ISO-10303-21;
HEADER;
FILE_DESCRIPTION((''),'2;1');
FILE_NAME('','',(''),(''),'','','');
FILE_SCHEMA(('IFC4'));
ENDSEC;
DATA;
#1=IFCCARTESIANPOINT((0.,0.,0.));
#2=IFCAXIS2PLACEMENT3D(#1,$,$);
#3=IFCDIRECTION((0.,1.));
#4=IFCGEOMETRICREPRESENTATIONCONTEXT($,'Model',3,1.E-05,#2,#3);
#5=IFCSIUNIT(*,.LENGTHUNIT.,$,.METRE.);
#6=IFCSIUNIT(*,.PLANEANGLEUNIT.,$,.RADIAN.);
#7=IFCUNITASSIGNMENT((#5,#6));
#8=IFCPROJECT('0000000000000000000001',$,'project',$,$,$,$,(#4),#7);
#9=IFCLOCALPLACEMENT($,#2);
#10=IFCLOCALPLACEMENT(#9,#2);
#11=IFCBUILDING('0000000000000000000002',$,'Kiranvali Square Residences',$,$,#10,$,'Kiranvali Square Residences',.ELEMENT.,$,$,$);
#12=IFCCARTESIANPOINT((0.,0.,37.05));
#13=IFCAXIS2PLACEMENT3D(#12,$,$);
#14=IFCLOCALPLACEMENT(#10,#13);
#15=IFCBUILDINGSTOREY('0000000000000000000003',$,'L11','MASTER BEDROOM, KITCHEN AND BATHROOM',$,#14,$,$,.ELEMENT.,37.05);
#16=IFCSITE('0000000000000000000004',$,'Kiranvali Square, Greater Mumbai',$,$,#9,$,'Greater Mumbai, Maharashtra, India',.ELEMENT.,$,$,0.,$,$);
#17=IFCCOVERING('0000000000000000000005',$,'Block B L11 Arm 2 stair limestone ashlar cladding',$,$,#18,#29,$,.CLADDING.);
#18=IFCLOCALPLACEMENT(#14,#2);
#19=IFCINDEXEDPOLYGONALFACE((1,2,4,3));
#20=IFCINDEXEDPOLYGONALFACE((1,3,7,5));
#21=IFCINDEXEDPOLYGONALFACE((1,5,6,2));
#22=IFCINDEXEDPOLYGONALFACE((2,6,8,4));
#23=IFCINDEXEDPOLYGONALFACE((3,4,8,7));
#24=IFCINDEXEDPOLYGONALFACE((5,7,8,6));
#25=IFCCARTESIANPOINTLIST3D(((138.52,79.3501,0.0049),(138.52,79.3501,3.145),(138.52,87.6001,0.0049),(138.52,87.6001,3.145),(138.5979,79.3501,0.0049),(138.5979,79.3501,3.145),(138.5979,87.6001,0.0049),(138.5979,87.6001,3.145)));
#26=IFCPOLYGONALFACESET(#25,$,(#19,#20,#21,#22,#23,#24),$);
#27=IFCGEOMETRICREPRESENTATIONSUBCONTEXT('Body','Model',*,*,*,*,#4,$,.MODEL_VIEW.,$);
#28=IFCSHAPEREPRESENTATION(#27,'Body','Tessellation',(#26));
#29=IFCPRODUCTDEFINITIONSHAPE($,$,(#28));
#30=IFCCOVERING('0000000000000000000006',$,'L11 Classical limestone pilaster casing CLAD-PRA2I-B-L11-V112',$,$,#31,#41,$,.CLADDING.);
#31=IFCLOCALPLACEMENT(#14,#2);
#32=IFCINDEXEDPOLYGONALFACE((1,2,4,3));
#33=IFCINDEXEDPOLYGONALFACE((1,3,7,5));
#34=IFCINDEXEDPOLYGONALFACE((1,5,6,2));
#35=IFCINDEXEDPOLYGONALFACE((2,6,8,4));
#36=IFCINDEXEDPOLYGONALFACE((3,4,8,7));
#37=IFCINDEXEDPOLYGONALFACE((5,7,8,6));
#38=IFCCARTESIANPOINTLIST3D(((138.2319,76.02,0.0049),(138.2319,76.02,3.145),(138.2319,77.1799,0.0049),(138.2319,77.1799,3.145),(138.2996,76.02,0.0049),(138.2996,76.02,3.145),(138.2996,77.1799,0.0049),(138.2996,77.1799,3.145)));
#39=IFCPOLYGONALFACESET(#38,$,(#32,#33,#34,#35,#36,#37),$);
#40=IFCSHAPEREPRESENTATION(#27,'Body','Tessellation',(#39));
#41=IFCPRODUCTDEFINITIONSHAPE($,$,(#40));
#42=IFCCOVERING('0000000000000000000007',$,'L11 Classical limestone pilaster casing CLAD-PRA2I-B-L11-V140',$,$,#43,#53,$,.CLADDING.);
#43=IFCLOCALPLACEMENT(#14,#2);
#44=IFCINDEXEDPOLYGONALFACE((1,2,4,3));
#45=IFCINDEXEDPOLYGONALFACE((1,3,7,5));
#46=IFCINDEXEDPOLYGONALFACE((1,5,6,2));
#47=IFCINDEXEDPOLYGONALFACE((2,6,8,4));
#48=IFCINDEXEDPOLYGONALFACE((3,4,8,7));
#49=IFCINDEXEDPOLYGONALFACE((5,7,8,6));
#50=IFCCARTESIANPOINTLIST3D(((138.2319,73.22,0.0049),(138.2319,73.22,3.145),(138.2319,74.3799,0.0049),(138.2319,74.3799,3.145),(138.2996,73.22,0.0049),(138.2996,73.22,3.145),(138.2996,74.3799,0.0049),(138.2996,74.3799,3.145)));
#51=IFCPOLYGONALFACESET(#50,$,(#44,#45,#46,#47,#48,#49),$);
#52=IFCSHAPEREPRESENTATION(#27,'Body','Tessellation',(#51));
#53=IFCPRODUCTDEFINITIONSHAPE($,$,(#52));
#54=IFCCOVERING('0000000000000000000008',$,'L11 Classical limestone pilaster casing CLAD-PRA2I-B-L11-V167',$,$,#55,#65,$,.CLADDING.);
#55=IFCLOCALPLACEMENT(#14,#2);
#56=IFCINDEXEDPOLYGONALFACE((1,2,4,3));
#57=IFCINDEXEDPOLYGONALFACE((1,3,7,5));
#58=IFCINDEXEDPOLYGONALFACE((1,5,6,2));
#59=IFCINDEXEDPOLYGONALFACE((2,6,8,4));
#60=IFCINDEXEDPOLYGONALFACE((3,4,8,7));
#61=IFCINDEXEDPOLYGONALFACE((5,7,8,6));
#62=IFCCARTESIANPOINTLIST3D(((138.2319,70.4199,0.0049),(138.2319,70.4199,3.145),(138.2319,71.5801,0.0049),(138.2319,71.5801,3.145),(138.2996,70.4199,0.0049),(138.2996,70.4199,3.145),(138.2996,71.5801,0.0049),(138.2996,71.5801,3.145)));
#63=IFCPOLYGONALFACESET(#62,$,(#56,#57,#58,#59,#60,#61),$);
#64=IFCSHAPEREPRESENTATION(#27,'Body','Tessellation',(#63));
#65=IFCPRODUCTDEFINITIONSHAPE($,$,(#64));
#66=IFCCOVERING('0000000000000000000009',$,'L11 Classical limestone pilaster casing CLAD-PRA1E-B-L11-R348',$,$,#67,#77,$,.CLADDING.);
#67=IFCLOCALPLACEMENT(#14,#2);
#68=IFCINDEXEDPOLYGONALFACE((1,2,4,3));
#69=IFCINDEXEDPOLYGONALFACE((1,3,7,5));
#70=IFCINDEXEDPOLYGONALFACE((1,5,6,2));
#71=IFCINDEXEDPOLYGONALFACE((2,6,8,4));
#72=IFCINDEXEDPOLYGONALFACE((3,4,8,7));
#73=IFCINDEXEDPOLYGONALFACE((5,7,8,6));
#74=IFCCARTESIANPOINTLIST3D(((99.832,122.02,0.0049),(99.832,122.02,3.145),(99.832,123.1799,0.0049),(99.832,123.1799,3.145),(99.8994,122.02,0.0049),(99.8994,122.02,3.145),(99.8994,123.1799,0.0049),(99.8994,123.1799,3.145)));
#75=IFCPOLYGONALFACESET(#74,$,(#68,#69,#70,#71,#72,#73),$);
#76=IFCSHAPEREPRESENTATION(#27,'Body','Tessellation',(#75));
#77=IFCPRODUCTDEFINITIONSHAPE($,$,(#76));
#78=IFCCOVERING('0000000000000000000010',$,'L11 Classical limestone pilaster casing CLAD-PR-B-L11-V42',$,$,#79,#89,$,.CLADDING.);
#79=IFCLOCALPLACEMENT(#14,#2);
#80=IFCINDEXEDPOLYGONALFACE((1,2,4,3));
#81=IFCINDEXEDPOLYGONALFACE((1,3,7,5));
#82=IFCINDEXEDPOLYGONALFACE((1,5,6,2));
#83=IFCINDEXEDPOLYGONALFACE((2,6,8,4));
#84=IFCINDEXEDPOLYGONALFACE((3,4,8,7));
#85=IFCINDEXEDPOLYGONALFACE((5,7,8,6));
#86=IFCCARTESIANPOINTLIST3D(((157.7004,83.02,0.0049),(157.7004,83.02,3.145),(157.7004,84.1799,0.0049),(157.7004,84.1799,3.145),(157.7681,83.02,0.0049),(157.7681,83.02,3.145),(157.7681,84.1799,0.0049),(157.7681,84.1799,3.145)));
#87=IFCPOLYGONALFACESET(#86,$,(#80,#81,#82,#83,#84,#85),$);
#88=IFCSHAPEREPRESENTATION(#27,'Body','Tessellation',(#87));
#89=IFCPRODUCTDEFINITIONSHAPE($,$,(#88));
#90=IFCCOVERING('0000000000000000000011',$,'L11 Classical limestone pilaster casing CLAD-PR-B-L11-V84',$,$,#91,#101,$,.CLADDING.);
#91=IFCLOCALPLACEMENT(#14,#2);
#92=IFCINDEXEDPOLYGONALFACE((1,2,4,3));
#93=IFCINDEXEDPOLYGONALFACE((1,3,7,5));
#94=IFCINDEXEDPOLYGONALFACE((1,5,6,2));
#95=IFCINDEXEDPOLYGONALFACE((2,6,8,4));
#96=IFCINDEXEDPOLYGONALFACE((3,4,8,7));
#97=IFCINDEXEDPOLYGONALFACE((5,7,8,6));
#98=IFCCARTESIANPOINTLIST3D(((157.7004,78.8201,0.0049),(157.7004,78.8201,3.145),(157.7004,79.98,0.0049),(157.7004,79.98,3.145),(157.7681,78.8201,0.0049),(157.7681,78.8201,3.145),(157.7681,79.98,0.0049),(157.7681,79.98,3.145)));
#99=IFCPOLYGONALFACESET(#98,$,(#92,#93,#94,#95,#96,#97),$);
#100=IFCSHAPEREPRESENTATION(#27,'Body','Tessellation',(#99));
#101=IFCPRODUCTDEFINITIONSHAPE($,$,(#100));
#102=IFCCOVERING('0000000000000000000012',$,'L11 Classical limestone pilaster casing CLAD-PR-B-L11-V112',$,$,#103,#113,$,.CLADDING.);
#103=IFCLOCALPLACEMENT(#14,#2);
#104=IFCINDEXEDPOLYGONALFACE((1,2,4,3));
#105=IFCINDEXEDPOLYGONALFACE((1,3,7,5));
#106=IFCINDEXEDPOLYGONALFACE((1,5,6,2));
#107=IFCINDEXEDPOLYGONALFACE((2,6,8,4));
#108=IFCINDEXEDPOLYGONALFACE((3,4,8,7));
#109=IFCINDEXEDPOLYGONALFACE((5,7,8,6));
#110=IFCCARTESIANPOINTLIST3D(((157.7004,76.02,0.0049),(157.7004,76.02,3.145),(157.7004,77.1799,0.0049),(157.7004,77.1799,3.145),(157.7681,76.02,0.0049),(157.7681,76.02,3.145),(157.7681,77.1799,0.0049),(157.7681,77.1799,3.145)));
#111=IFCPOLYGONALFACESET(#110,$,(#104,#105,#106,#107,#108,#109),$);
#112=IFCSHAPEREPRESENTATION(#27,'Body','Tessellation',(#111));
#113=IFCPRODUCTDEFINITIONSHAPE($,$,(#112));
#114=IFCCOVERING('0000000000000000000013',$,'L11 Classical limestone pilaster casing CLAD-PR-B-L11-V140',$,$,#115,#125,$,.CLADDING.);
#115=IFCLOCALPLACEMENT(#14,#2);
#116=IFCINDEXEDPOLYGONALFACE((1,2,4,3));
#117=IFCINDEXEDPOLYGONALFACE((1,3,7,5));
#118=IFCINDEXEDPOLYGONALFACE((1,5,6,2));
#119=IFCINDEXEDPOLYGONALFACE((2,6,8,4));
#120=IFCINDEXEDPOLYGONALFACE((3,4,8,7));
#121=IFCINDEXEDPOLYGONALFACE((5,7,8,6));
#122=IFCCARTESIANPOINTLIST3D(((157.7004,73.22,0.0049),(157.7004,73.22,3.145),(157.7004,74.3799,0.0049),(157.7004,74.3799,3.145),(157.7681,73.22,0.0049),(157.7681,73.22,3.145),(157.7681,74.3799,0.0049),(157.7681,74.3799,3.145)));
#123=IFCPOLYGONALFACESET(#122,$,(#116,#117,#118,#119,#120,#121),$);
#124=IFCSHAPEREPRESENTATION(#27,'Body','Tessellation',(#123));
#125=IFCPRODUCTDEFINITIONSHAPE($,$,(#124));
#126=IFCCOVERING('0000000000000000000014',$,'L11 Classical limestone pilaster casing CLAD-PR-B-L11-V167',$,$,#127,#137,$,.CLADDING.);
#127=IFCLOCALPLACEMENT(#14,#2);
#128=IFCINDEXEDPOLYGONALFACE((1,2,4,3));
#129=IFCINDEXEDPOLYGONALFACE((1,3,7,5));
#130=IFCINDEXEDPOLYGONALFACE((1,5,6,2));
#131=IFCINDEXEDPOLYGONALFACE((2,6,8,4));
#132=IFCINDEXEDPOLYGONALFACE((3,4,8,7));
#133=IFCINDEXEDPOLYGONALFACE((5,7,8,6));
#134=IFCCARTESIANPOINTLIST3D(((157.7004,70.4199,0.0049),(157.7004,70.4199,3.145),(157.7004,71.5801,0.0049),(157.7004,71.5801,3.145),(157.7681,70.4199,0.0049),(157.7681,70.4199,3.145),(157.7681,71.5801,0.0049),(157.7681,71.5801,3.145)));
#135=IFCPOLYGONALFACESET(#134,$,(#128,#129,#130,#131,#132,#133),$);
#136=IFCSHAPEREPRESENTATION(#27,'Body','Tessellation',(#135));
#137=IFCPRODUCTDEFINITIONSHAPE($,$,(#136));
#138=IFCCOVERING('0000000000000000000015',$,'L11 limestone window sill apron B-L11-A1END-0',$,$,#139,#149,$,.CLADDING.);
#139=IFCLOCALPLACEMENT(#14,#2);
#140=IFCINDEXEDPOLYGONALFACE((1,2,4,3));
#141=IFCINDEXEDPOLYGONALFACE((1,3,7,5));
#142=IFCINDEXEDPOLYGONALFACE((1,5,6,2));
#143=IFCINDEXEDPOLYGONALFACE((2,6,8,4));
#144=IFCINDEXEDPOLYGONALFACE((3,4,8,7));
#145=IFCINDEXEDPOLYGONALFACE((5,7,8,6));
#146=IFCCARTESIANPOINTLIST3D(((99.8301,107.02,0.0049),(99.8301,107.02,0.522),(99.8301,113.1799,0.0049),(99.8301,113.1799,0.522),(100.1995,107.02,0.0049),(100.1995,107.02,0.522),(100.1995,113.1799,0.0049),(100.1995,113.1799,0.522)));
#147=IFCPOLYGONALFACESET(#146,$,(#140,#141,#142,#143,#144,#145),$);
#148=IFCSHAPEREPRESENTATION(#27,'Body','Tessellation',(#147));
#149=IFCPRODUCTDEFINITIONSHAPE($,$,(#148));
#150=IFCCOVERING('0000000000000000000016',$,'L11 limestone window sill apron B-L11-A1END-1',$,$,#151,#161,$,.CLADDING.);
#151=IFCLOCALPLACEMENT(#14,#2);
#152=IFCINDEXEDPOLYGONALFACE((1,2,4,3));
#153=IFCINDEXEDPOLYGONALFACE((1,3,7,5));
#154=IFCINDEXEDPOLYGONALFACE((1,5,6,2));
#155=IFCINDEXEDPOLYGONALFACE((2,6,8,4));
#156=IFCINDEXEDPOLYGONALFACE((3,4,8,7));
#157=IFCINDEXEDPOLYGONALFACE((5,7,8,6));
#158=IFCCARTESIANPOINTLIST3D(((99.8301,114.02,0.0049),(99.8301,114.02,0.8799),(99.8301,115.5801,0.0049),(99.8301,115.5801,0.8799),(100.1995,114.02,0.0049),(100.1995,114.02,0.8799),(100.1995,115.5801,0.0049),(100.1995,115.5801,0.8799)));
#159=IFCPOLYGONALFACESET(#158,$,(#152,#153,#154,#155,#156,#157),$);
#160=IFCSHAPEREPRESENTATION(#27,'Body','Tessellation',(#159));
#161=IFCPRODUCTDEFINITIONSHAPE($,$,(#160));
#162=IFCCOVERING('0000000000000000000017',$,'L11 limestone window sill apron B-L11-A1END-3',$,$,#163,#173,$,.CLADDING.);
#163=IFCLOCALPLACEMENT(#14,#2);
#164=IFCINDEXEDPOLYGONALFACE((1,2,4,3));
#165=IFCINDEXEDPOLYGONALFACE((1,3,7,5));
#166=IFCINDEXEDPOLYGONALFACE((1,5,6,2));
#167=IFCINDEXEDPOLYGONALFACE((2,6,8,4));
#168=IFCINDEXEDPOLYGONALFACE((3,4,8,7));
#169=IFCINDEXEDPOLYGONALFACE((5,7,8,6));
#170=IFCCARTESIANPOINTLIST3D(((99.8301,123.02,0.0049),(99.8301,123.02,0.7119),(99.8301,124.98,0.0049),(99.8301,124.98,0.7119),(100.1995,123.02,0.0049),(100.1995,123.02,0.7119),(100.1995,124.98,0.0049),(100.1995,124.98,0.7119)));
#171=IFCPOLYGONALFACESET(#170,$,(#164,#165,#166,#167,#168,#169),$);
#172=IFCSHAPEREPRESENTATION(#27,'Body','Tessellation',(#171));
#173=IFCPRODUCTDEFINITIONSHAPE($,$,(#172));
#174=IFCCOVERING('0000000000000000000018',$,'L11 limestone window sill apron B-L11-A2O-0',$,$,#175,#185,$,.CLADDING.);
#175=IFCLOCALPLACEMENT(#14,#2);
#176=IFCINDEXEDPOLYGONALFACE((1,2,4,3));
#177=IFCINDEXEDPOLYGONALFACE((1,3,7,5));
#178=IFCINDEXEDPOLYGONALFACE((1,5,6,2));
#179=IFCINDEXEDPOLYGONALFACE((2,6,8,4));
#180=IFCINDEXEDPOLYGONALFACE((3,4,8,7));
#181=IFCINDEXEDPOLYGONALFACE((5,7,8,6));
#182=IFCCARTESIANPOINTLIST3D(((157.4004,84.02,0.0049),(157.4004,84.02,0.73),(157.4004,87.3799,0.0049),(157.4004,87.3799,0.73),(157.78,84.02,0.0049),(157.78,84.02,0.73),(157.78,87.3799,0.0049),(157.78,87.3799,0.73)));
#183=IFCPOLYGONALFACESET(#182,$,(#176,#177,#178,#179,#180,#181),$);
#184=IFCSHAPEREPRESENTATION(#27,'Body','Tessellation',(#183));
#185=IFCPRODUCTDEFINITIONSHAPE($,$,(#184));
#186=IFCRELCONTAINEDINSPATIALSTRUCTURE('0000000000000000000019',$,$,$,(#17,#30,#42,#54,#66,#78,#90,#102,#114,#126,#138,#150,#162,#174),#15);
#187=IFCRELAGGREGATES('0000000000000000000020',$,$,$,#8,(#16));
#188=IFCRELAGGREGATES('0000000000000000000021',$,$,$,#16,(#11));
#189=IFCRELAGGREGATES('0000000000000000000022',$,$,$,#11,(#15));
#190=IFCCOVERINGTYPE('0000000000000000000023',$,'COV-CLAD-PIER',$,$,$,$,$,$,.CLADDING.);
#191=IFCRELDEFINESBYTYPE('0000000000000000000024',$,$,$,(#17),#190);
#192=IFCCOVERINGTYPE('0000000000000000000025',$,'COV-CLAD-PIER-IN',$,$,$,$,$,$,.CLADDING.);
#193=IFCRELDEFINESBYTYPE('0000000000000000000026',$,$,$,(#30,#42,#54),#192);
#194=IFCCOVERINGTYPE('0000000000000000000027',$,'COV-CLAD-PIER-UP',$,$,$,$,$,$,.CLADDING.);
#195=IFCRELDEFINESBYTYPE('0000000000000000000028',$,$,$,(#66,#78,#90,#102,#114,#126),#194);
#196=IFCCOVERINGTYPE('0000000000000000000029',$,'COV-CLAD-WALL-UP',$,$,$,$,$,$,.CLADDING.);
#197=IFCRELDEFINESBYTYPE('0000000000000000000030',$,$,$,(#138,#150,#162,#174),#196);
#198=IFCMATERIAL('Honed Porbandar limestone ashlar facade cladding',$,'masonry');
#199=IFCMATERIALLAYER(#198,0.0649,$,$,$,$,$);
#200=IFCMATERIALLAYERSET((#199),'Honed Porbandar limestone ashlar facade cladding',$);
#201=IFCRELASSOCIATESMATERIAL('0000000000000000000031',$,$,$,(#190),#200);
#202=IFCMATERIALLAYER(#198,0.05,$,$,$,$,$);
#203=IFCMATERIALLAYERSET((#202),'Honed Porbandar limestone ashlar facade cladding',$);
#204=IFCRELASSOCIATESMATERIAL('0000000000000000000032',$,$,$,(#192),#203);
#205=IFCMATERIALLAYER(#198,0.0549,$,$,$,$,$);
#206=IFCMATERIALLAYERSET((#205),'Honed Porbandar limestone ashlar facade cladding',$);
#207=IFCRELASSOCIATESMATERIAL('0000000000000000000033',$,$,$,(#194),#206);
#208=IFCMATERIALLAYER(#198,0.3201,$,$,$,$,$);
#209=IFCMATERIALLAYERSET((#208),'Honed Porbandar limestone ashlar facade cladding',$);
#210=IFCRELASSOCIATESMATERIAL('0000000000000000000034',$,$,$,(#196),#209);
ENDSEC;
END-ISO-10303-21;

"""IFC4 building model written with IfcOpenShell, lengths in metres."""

from ifc_helpers import new_model, si_unit, direction, frame, origin, place, context, subcontext, project, spatial, polyline, outline, extrude, material, layer, layer_set, type_object, element, save


model = new_model("IFC4")

# Units and contexts
model_context = context("Model", 3, precision=1e-05, world=origin(), true_north=direction((0.0, 1.0)))
body_context = subcontext(model_context, "Body", "Model", "MODEL_VIEW")
ifc_project = project(units=[si_unit("LENGTHUNIT", "METRE"), si_unit("PLANEANGLEUNIT", "RADIAN")], contexts=[model_context])

# Site, building, storey
site_placement = place(None, origin())
site = spatial("IfcSite", under=ifc_project, at=site_placement, Name="Kiranvali Square, Greater Mumbai", LongName="Greater Mumbai, Maharashtra, India", CompositionType="ELEMENT", RefElevation=0.0)
building_placement = place(site_placement, origin())
building = spatial("IfcBuilding", under=site, at=building_placement, Name="Kiranvali Square Residences", LongName="Kiranvali Square Residences", CompositionType="ELEMENT")
storey_placement = place(building_placement, frame((0.0, 0.0, 37.05)))
storey = spatial("IfcBuildingStorey", under=building, at=storey_placement, Name="L11", Description="MASTER BEDROOM, KITCHEN AND BATHROOM", CompositionType="ELEMENT", Elevation=37.05)

# Coverings
ifc_material = material(Name="Honed Porbandar limestone ashlar facade cladding", Category="masonry")
ifc_layer_1 = layer(ifc_material, 0.0649)
ifc_layer_set_1 = layer_set([ifc_layer_1], Name="Honed Porbandar limestone ashlar facade cladding")
covering_type_1 = type_object("IfcCoveringType", Name="COV-CLAD-PIER", PredefinedType="CLADDING", material=ifc_layer_set_1)
covering_1_placement = place(storey_placement, frame((0.0, 0.0, 0.0049)))
element("IfcCovering", 1, at=covering_1_placement, inside=storey, type_object=covering_type_1, Name="Block B L11 Arm 2 stair limestone ashlar cladding", PredefinedType="CLADDING", context=body_context, shape_type="SweptSolid", body=[
    extrude(outline(polyline([(138.52, 87.6001), (138.52, 79.3501), (138.5979, 79.3501), (138.5979, 87.6001), (138.52, 87.6001)])), origin(), (0.0, 0.0, 1.0), 3.1401),
])
ifc_layer_2 = layer(ifc_material, 0.05)
ifc_layer_set_2 = layer_set([ifc_layer_2], Name="Honed Porbandar limestone ashlar facade cladding")
covering_type_2 = type_object("IfcCoveringType", Name="COV-CLAD-PIER-IN", PredefinedType="CLADDING", material=ifc_layer_set_2)
covering_2_placement = place(storey_placement, frame((0.0, 0.0, 0.0049)))
element("IfcCovering", 2, at=covering_2_placement, inside=storey, type_object=covering_type_2, Name="L11 Classical limestone pilaster casing CLAD-PRA2I-B-L11-V112", PredefinedType="CLADDING", context=body_context, shape_type="SweptSolid", body=[
    extrude(outline(polyline([(138.2319, 77.1799), (138.2319, 76.02), (138.2996, 76.02), (138.2996, 77.1799), (138.2319, 77.1799)])), origin(), (0.0, 0.0, 1.0), 3.1401),
])
covering_3_placement = place(storey_placement, frame((0.0, 0.0, 0.0049)))
element("IfcCovering", 3, at=covering_3_placement, inside=storey, type_object=covering_type_2, Name="L11 Classical limestone pilaster casing CLAD-PRA2I-B-L11-V140", PredefinedType="CLADDING", context=body_context, shape_type="SweptSolid", body=[
    extrude(outline(polyline([(138.2319, 74.3799), (138.2319, 73.22), (138.2996, 73.22), (138.2996, 74.3799), (138.2319, 74.3799)])), origin(), (0.0, 0.0, 1.0), 3.1401),
])
covering_4_placement = place(storey_placement, frame((0.0, 0.0, 0.0049)))
element("IfcCovering", 4, at=covering_4_placement, inside=storey, type_object=covering_type_2, Name="L11 Classical limestone pilaster casing CLAD-PRA2I-B-L11-V167", PredefinedType="CLADDING", context=body_context, shape_type="SweptSolid", body=[
    extrude(outline(polyline([(138.2319, 71.5801), (138.2319, 70.4199), (138.2996, 70.4199), (138.2996, 71.5801), (138.2319, 71.5801)])), origin(), (0.0, 0.0, 1.0), 3.1401),
])
ifc_layer_3 = layer(ifc_material, 0.0549)
ifc_layer_set_3 = layer_set([ifc_layer_3], Name="Honed Porbandar limestone ashlar facade cladding")
covering_type_3 = type_object("IfcCoveringType", Name="COV-CLAD-PIER-UP", PredefinedType="CLADDING", material=ifc_layer_set_3)
covering_5_placement = place(storey_placement, frame((0.0, 0.0, 0.0049)))
element("IfcCovering", 5, at=covering_5_placement, inside=storey, type_object=covering_type_3, Name="L11 Classical limestone pilaster casing CLAD-PRA1E-B-L11-R348", PredefinedType="CLADDING", context=body_context, shape_type="SweptSolid", body=[
    extrude(outline(polyline([(99.8994, 122.02), (99.8994, 123.1799), (99.832, 123.1799), (99.832, 122.02), (99.8994, 122.02)])), origin(), (0.0, 0.0, 1.0), 3.1401),
])
covering_6_placement = place(storey_placement, frame((0.0, 0.0, 0.0049)))
element("IfcCovering", 6, at=covering_6_placement, inside=storey, type_object=covering_type_3, Name="L11 Classical limestone pilaster casing CLAD-PR-B-L11-V42", PredefinedType="CLADDING", context=body_context, shape_type="SweptSolid", body=[
    extrude(outline(polyline([(157.7004, 84.1799), (157.7004, 83.02), (157.7681, 83.02), (157.7681, 84.1799), (157.7004, 84.1799)])), origin(), (0.0, 0.0, 1.0), 3.1401),
])
covering_7_placement = place(storey_placement, frame((0.0, 0.0, 0.0049)))
element("IfcCovering", 7, at=covering_7_placement, inside=storey, type_object=covering_type_3, Name="L11 Classical limestone pilaster casing CLAD-PR-B-L11-V84", PredefinedType="CLADDING", context=body_context, shape_type="SweptSolid", body=[
    extrude(outline(polyline([(157.7004, 79.98), (157.7004, 78.8201), (157.7681, 78.8201), (157.7681, 79.98), (157.7004, 79.98)])), origin(), (0.0, 0.0, 1.0), 3.1401),
])
covering_8_placement = place(storey_placement, frame((0.0, 0.0, 0.0049)))
element("IfcCovering", 8, at=covering_8_placement, inside=storey, type_object=covering_type_3, Name="L11 Classical limestone pilaster casing CLAD-PR-B-L11-V112", PredefinedType="CLADDING", context=body_context, shape_type="SweptSolid", body=[
    extrude(outline(polyline([(157.7004, 77.1799), (157.7004, 76.02), (157.7681, 76.02), (157.7681, 77.1799), (157.7004, 77.1799)])), origin(), (0.0, 0.0, 1.0), 3.1401),
])
covering_9_placement = place(storey_placement, frame((0.0, 0.0, 0.0049)))
element("IfcCovering", 9, at=covering_9_placement, inside=storey, type_object=covering_type_3, Name="L11 Classical limestone pilaster casing CLAD-PR-B-L11-V140", PredefinedType="CLADDING", context=body_context, shape_type="SweptSolid", body=[
    extrude(outline(polyline([(157.7004, 74.3799), (157.7004, 73.22), (157.7681, 73.22), (157.7681, 74.3799), (157.7004, 74.3799)])), origin(), (0.0, 0.0, 1.0), 3.1401),
])
covering_10_placement = place(storey_placement, frame((0.0, 0.0, 0.0049)))
element("IfcCovering", 10, at=covering_10_placement, inside=storey, type_object=covering_type_3, Name="L11 Classical limestone pilaster casing CLAD-PR-B-L11-V167", PredefinedType="CLADDING", context=body_context, shape_type="SweptSolid", body=[
    extrude(outline(polyline([(157.7004, 71.5801), (157.7004, 70.4199), (157.7681, 70.4199), (157.7681, 71.5801), (157.7004, 71.5801)])), origin(), (0.0, 0.0, 1.0), 3.1401),
])
ifc_layer_4 = layer(ifc_material, 0.3201)
ifc_layer_set_4 = layer_set([ifc_layer_4], Name="Honed Porbandar limestone ashlar facade cladding")
covering_type_4 = type_object("IfcCoveringType", Name="COV-CLAD-WALL-UP", PredefinedType="CLADDING", material=ifc_layer_set_4)
covering_11_placement = place(storey_placement, frame((0.0, 0.0, 0.0049)))
element("IfcCovering", 11, at=covering_11_placement, inside=storey, type_object=covering_type_4, Name="L11 limestone window sill apron B-L11-A1END-0", PredefinedType="CLADDING", context=body_context, shape_type="SweptSolid", body=[
    extrude(outline(polyline([(100.1995, 107.02), (100.1995, 113.1799), (99.8301, 113.1799), (99.8301, 107.02), (100.1995, 107.02)])), origin(), (0.0, 0.0, 1.0), 0.5171),
])
covering_12_placement = place(storey_placement, frame((0.0, 0.0, 0.0049)))
element("IfcCovering", 12, at=covering_12_placement, inside=storey, type_object=covering_type_4, Name="L11 limestone window sill apron B-L11-A1END-1", PredefinedType="CLADDING", context=body_context, shape_type="SweptSolid", body=[
    extrude(outline(polyline([(100.1995, 114.02), (100.1995, 115.5801), (99.8301, 115.5801), (99.8301, 114.02), (100.1995, 114.02)])), origin(), (0.0, 0.0, 1.0), 0.875),
])
covering_13_placement = place(storey_placement, frame((0.0, 0.0, 0.0049)))
element("IfcCovering", 13, at=covering_13_placement, inside=storey, type_object=covering_type_4, Name="L11 limestone window sill apron B-L11-A1END-3", PredefinedType="CLADDING", context=body_context, shape_type="SweptSolid", body=[
    extrude(outline(polyline([(100.1995, 123.02), (100.1995, 124.98), (99.8301, 124.98), (99.8301, 123.02), (100.1995, 123.02)])), origin(), (0.0, 0.0, 1.0), 0.707),
])
covering_14_placement = place(storey_placement, frame((0.0, 0.0, 0.0049)))
element("IfcCovering", 14, at=covering_14_placement, inside=storey, type_object=covering_type_4, Name="L11 limestone window sill apron B-L11-A2O-0", PredefinedType="CLADDING", context=body_context, shape_type="SweptSolid", body=[
    extrude(outline(polyline([(157.4004, 87.3799), (157.4004, 84.02), (157.78, 84.02), (157.78, 87.3799), (157.4004, 87.3799)])), origin(), (0.0, 0.0, 1.0), 0.7251),
])

save(model, "model.ifc")
